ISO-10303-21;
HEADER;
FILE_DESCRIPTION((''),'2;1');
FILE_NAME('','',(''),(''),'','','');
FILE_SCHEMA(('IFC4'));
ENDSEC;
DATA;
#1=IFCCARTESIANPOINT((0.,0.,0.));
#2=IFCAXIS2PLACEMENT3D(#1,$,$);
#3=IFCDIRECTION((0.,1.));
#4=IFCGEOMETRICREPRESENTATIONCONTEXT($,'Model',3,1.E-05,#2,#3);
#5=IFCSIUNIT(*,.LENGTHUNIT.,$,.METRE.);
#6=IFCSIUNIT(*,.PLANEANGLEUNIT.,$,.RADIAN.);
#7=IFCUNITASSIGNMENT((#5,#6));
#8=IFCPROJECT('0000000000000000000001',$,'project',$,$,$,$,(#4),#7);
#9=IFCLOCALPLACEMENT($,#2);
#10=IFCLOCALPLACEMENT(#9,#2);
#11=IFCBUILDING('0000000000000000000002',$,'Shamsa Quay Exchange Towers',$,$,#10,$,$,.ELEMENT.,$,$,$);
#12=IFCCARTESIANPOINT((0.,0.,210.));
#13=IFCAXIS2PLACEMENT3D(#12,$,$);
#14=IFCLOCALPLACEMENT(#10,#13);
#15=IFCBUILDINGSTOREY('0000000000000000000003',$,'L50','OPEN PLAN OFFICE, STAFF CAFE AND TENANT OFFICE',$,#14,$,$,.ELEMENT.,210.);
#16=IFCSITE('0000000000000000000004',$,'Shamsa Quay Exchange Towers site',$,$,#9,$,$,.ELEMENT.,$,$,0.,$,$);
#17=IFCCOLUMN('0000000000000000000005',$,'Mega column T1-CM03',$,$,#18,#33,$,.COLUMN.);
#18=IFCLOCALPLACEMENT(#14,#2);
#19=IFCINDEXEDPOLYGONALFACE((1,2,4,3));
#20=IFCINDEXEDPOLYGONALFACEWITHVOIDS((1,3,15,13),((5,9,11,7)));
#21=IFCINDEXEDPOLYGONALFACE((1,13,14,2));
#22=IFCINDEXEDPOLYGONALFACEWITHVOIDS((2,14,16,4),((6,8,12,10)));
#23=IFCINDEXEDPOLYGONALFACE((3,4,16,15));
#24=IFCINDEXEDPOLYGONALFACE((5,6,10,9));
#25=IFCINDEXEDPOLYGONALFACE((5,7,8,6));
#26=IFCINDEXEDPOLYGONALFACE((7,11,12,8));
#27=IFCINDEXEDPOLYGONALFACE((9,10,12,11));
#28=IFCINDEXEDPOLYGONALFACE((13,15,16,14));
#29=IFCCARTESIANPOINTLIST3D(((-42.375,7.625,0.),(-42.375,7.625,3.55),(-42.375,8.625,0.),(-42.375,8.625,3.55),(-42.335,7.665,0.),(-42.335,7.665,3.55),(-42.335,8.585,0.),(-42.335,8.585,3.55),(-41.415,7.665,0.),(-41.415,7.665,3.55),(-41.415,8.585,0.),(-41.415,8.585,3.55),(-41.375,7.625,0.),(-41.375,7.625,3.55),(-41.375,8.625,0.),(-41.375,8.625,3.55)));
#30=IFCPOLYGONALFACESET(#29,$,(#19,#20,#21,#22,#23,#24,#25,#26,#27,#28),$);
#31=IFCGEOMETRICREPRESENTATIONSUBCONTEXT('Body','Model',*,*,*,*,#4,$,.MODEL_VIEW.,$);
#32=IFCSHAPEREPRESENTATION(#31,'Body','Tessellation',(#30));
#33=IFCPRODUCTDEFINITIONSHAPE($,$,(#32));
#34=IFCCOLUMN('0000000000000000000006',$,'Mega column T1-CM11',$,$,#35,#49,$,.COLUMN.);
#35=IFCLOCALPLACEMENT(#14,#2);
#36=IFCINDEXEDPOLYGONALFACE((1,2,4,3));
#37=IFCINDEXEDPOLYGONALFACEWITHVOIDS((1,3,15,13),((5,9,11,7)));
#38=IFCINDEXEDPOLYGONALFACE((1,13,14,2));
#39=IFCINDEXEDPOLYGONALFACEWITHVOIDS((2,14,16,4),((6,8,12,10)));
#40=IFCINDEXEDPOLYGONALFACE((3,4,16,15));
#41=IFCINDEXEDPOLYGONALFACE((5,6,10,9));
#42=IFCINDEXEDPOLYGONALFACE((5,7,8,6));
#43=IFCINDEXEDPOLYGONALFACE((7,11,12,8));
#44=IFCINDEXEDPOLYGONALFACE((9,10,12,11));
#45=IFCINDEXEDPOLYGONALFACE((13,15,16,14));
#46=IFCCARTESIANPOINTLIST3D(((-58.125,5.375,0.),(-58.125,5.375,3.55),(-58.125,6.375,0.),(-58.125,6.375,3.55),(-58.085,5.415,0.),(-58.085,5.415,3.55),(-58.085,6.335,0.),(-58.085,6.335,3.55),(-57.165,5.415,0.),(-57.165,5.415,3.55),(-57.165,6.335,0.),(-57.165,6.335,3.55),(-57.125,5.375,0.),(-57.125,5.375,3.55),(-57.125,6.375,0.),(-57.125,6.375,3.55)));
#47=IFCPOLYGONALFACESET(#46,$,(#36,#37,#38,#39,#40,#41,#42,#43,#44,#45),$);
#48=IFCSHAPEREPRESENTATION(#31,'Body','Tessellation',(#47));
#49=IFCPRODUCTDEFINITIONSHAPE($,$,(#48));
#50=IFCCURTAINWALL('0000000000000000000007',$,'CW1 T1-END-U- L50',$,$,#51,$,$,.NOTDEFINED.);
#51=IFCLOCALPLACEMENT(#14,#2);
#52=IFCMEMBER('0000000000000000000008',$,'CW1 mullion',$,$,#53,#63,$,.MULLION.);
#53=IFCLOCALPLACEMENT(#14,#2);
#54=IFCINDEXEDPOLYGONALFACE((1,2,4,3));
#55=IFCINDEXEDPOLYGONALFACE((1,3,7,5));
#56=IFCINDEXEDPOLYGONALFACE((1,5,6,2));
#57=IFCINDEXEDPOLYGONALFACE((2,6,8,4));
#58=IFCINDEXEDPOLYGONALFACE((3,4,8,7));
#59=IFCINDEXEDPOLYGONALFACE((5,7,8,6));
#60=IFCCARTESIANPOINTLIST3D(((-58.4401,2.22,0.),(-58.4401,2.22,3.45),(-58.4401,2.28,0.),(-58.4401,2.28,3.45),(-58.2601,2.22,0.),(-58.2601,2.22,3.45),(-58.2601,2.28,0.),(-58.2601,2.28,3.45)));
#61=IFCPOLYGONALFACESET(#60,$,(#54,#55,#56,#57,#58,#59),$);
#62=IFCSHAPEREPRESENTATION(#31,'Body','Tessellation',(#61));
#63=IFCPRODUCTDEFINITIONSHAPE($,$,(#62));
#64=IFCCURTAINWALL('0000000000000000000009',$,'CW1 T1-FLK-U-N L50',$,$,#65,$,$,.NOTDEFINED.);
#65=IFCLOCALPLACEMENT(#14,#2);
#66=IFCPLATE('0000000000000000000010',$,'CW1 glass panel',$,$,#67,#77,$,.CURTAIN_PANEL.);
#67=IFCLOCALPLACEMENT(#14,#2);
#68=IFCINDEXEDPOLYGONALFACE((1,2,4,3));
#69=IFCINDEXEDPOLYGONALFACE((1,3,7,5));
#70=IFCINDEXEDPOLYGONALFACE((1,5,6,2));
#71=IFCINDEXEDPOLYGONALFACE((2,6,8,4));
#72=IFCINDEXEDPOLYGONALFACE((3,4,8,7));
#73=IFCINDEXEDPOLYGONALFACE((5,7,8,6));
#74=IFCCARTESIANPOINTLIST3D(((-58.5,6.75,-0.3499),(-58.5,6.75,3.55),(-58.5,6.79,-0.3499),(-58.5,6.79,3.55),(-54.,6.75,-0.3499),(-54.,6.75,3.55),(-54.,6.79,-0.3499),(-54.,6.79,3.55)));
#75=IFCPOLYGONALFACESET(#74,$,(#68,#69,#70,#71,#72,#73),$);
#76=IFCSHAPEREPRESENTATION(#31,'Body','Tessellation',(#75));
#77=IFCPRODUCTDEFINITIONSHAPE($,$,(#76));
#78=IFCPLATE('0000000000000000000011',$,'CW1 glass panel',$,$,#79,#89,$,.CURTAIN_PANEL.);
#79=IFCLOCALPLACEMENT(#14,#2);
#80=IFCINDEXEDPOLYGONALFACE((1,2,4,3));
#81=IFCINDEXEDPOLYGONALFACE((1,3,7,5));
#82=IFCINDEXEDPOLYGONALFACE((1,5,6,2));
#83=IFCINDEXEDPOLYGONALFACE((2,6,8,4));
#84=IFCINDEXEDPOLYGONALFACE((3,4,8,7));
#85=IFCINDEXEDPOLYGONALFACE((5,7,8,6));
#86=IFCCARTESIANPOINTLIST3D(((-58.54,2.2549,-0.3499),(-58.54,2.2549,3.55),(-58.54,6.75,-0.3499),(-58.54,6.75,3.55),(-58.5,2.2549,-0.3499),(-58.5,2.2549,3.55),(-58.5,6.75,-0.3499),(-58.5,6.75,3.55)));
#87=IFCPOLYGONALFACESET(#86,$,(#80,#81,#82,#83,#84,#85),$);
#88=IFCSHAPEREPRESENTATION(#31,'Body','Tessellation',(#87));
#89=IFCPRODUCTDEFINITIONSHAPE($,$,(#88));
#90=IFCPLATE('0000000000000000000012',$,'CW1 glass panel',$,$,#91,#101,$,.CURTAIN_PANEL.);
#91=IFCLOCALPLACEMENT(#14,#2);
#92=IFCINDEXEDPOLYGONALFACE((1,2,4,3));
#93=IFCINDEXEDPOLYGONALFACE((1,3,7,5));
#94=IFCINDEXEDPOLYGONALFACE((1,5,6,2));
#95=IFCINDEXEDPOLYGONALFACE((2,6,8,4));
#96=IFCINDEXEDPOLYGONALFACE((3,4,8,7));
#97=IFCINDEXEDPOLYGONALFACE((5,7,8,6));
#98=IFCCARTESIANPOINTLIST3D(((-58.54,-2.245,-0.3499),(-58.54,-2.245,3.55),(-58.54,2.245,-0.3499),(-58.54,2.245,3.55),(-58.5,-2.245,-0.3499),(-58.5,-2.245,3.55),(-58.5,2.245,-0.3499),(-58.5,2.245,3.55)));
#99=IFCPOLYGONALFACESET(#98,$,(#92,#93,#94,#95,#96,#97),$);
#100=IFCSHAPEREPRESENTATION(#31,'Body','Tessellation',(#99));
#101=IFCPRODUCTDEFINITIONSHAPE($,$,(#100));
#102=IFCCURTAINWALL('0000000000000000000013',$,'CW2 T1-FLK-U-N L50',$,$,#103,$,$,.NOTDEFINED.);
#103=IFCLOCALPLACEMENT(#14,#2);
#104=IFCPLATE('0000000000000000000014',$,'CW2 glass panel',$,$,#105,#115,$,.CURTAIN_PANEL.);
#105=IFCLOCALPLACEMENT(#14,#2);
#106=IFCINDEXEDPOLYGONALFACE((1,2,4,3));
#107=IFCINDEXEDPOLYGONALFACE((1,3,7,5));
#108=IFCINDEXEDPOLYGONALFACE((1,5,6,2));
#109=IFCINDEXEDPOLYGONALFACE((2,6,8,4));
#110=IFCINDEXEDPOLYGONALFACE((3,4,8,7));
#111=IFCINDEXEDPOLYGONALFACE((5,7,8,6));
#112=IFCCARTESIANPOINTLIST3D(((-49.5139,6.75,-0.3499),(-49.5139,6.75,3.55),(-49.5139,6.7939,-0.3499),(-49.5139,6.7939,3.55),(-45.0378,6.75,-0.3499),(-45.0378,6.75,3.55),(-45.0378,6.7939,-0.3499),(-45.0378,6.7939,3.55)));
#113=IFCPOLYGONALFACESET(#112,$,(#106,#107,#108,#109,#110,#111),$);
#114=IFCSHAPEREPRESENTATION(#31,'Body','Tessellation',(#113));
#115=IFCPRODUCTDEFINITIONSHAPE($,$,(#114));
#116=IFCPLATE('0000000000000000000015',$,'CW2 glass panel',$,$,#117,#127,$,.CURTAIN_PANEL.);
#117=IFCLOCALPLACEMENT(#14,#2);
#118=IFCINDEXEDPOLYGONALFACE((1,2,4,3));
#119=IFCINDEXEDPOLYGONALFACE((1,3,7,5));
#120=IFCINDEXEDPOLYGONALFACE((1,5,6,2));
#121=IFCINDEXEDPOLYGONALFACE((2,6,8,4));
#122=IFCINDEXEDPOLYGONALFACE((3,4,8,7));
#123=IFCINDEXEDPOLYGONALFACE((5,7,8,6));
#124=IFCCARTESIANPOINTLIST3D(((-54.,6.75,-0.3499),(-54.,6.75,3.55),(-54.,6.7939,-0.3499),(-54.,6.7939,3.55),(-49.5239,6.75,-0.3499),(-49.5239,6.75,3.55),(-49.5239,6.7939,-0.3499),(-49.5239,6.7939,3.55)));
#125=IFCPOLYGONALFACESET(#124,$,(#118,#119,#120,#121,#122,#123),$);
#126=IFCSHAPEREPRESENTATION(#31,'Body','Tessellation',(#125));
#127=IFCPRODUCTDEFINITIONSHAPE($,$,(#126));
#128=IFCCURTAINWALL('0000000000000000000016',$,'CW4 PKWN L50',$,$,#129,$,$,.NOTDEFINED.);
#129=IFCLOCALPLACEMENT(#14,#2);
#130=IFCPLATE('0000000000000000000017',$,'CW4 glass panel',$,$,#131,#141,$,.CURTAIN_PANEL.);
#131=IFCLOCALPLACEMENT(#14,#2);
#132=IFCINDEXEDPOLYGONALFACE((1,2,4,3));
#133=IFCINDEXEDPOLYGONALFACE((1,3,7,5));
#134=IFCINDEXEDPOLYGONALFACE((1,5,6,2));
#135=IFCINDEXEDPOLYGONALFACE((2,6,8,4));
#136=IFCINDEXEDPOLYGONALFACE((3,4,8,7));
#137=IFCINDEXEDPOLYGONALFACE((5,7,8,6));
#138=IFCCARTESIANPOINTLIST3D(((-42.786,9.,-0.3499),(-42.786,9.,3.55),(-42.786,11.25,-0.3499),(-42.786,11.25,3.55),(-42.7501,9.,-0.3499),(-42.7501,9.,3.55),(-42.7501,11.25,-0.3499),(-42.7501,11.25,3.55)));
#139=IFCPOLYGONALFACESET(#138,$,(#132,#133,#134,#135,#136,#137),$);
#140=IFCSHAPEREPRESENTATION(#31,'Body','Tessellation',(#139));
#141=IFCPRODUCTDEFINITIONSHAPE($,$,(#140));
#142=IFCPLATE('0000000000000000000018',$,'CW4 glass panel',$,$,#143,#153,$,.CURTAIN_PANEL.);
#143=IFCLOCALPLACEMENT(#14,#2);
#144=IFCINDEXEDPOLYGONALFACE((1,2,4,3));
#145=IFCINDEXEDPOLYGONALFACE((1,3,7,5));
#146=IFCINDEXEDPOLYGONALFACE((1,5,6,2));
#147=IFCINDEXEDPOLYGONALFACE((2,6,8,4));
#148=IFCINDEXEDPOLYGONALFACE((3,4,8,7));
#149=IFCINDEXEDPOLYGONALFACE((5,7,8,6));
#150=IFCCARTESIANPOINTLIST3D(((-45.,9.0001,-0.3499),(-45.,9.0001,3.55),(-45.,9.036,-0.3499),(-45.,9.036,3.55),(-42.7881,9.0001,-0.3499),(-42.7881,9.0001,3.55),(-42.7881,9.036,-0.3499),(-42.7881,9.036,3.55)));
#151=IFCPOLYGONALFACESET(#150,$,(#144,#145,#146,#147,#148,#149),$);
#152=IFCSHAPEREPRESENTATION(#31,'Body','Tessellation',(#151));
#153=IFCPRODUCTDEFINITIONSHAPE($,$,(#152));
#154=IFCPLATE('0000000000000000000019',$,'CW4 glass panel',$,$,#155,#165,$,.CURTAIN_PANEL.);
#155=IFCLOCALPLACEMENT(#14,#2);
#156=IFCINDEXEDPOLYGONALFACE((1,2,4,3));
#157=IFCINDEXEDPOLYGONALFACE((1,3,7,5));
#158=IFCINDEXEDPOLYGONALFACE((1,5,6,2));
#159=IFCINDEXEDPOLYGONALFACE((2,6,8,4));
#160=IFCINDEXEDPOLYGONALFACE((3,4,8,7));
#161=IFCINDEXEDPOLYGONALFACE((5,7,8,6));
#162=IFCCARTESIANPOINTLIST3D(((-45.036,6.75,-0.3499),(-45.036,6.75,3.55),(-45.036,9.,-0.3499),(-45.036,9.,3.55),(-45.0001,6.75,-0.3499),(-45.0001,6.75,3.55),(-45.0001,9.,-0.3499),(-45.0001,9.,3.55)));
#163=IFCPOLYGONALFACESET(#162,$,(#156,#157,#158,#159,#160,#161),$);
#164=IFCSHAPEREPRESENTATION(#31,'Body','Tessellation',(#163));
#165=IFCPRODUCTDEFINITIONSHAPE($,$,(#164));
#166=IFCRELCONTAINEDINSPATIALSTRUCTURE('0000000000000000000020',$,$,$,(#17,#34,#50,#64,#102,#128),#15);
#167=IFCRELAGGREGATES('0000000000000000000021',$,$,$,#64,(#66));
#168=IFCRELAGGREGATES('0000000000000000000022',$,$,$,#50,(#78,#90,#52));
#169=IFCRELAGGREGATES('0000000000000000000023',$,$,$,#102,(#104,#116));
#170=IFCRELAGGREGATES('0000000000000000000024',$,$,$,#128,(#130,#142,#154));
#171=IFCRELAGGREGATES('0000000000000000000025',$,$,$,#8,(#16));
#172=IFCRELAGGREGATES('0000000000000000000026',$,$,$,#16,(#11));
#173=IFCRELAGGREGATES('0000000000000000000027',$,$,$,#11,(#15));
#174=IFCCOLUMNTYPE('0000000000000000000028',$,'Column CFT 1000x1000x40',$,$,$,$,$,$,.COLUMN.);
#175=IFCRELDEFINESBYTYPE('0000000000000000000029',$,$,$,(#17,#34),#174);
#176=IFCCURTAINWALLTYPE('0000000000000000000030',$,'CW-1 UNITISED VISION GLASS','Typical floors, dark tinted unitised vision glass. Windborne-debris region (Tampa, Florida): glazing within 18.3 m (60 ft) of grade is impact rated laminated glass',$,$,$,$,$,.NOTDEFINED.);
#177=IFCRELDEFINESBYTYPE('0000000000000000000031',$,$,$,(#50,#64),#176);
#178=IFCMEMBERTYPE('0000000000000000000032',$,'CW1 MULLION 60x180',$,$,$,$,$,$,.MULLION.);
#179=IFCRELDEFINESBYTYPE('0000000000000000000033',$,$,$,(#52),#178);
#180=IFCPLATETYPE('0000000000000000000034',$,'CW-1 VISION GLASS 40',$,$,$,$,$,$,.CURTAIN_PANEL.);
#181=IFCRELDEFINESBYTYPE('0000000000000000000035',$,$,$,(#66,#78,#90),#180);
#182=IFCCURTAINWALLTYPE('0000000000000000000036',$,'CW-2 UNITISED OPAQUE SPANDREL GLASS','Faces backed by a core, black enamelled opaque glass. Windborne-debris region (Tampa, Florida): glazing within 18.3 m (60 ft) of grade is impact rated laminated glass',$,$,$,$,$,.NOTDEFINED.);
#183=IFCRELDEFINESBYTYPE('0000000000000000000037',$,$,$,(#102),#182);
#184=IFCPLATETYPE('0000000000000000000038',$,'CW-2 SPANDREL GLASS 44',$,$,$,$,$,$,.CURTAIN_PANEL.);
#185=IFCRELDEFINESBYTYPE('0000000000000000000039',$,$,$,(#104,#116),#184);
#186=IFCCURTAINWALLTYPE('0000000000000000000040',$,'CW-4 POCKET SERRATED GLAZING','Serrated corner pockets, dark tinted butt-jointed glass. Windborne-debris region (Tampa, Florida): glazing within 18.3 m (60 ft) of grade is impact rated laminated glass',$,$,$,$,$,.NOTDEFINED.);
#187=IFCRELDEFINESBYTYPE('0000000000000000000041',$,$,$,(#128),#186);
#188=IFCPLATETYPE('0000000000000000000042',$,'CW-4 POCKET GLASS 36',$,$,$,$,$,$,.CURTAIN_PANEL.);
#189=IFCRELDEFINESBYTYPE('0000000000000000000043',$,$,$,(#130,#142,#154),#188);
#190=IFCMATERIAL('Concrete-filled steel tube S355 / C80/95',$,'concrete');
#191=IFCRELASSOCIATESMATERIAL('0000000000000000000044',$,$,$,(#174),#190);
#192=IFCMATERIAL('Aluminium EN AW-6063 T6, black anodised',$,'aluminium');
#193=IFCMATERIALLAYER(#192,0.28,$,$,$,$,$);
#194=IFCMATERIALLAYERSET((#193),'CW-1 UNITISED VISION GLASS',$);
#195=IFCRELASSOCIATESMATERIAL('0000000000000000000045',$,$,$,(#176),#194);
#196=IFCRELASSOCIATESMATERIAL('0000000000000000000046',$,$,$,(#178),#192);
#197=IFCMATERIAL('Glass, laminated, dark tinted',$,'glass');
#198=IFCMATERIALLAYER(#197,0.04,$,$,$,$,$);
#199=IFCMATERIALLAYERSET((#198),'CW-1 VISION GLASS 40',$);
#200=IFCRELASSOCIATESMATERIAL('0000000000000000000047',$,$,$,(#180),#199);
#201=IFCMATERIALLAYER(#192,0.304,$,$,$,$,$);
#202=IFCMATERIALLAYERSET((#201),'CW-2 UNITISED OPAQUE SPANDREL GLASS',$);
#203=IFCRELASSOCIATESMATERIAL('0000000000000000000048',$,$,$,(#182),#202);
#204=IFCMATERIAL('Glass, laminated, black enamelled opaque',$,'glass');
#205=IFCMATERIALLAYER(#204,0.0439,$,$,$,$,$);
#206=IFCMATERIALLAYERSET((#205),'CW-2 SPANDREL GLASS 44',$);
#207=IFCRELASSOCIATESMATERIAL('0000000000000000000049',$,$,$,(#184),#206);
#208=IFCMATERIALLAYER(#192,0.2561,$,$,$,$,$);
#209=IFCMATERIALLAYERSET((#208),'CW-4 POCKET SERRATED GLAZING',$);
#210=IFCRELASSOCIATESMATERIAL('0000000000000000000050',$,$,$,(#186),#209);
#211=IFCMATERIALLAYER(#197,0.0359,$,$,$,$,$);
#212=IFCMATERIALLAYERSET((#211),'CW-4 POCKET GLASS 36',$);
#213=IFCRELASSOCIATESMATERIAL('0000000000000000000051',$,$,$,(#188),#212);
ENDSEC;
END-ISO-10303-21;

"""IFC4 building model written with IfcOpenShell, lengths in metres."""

from ifc_helpers import new_model, si_unit, direction, frame, origin, origin_2d, place, context, subcontext, project, spatial, rectangle, hollow_rectangle, extrude, material, layer, layer_set, material_profile, profile_set, type_object, element, aggregate, save


model = new_model("IFC4")

# Units and contexts
model_context = context("Model", 3, precision=1e-05, world=origin(), true_north=direction((0.0, 1.0)))
body_context = subcontext(model_context, "Body", "Model", "MODEL_VIEW")
ifc_project = project(units=[si_unit("LENGTHUNIT", "METRE"), si_unit("PLANEANGLEUNIT", "RADIAN")], contexts=[model_context])

# Site, building, storey
site_placement = place(None, origin())
site = spatial("IfcSite", under=ifc_project, at=site_placement, Name="Shamsa Quay Exchange Towers site", CompositionType="ELEMENT", RefElevation=0.0)
building_placement = place(site_placement, origin())
building = spatial("IfcBuilding", under=site, at=building_placement, Name="Shamsa Quay Exchange Towers", CompositionType="ELEMENT")
storey_placement = place(building_placement, frame((0.0, 0.0, 210.0)))
storey = spatial("IfcBuildingStorey", under=building, at=storey_placement, Name="L50", Description="OPEN PLAN OFFICE, STAFF CAFE AND TENANT OFFICE", CompositionType="ELEMENT", Elevation=210.0)

# Columns
ifc_material_1 = material(Name="Concrete-filled steel tube S355 / C80/95", Category="concrete")
ifc_material_profile_1 = material_profile(ifc_material_1, hollow_rectangle(XDim=1.0, YDim=1.0, WallThickness=0.04, at=origin_2d()), Name="CFT 1000x1000x40")
ifc_profile_set_1 = profile_set([ifc_material_profile_1], Name="Concrete-filled steel tube S355 / C80/95")
column_type = type_object("IfcColumnType", Name="Column CFT 1000x1000x40", PredefinedType="COLUMN", material=ifc_profile_set_1)
for number, where, name in (
    (1, (-41.875, 8.125, 0.0), "Mega column T1-CM03"),
    (2, (-57.625, 5.875, 0.0), "Mega column T1-CM11"),
):
    element("IfcColumn", number, at=place(storey_placement, frame(where)), inside=storey, type_object=column_type, Name=name, PredefinedType="COLUMN", context=body_context, shape_type="SweptSolid", body=[
        extrude(hollow_rectangle(XDim=1.0, YDim=1.0, WallThickness=0.04, at=origin_2d()), origin(), (0.0, 0.0, 1.0), 3.55),
    ])

# Curtain wall, member
ifc_material_2 = material(Name="Aluminium EN AW-6063 T6, black anodised", Category="aluminium")
ifc_layer_1 = layer(ifc_material_2, 0.28)
ifc_layer_set_1 = layer_set([ifc_layer_1], Name="CW-1 UNITISED VISION GLASS")
curtain_wall_type_1 = type_object("IfcCurtainWallType", Name="CW-1 UNITISED VISION GLASS", Description="Typical floors, dark tinted unitised vision glass. Windborne-debris region (Tampa, Florida): glazing within 18.3 m (60 ft) of grade is impact rated laminated glass", PredefinedType="NOTDEFINED", material=ifc_layer_set_1)
curtain_wall_1_placement = place(storey_placement, origin())
curtain_wall_1 = element("IfcCurtainWall", 3, at=curtain_wall_1_placement, inside=storey, type_object=curtain_wall_type_1, Name="CW1 T1-END-U- L50", PredefinedType="NOTDEFINED")
ifc_material_profile_2 = material_profile(ifc_material_2, rectangle(XDim=0.1799, YDim=0.0601, at=origin_2d()), Name="MU60x180")
ifc_profile_set_2 = profile_set([ifc_material_profile_2], Name="Aluminium EN AW-6063 T6, black anodised")
member_type = type_object("IfcMemberType", Name="CW1 MULLION 60x180", PredefinedType="MULLION", material=ifc_profile_set_2)
member_placement = place(storey_placement, frame((-58.3501, 2.25, 0.0)))
member = element("IfcMember", 4, at=member_placement, type_object=member_type, Name="CW1 mullion", PredefinedType="MULLION", context=body_context, shape_type="SweptSolid", body=[
    extrude(rectangle(XDim=0.1799, YDim=0.0601, at=origin_2d()), origin(), (0.0, 0.0, 1.0), 3.45),
])

# Curtain wall, plate
curtain_wall_2_placement = place(storey_placement, origin())
curtain_wall_2 = element("IfcCurtainWall", 5, at=curtain_wall_2_placement, inside=storey, type_object=curtain_wall_type_1, Name="CW1 T1-FLK-U-N L50", PredefinedType="NOTDEFINED")
ifc_material_3 = material(Name="Glass, laminated, dark tinted", Category="glass")
ifc_layer_2 = layer(ifc_material_3, 0.04)
ifc_layer_set_2 = layer_set([ifc_layer_2], Name="CW-1 VISION GLASS 40")
plate_type_1 = type_object("IfcPlateType", Name="CW-1 VISION GLASS 40", PredefinedType="CURTAIN_PANEL", material=ifc_layer_set_2)
plate_1_placement = place(storey_placement, frame((-56.25, 6.77, -0.3499), z_axis=(0.0, 0.0, 1.0), x_axis=(-1.0, 0.0, 0.0)))
plate_1 = element("IfcPlate", 6, at=plate_1_placement, type_object=plate_type_1, Name="CW1 glass panel", PredefinedType="CURTAIN_PANEL", context=body_context, shape_type="SweptSolid", body=[
    extrude(rectangle(XDim=4.5, YDim=0.04, at=origin_2d()), origin(), (0.0, 0.0, 1.0), 3.8999),
])
aggregate(curtain_wall_2, [plate_1])

# Plates
plate_2_placement = place(storey_placement, frame((-58.52, 4.5024, -0.3499), z_axis=(0.0, 0.0, 1.0), x_axis=(0.0, -1.0, 0.0)))
plate_2 = element("IfcPlate", 7, at=plate_2_placement, type_object=plate_type_1, Name="CW1 glass panel", PredefinedType="CURTAIN_PANEL", context=body_context, shape_type="SweptSolid", body=[
    extrude(rectangle(XDim=4.4951, YDim=0.04, at=origin_2d()), origin(), (0.0, 0.0, 1.0), 3.8999),
])
plate_3_placement = place(storey_placement, frame((-58.52, 0.0, -0.3499), z_axis=(0.0, 0.0, 1.0), x_axis=(0.0, -1.0, 0.0)))
plate_3 = element("IfcPlate", 8, at=plate_3_placement, type_object=plate_type_1, Name="CW1 glass panel", PredefinedType="CURTAIN_PANEL", context=body_context, shape_type="SweptSolid", body=[
    extrude(rectangle(XDim=4.49, YDim=0.04, at=origin_2d()), origin(), (0.0, 0.0, 1.0), 3.8999),
])
aggregate(curtain_wall_1, [plate_2, plate_3, member])

# Curtain walls, plates
ifc_layer_3 = layer(ifc_material_2, 0.304)
ifc_layer_set_3 = layer_set([ifc_layer_3], Name="CW-2 UNITISED OPAQUE SPANDREL GLASS")
curtain_wall_type_2 = type_object("IfcCurtainWallType", Name="CW-2 UNITISED OPAQUE SPANDREL GLASS", Description="Faces backed by a core, black enamelled opaque glass. Windborne-debris region (Tampa, Florida): glazing within 18.3 m (60 ft) of grade is impact rated laminated glass", PredefinedType="NOTDEFINED", material=ifc_layer_set_3)
curtain_wall_3_placement = place(storey_placement, origin())
curtain_wall_3 = element("IfcCurtainWall", 9, at=curtain_wall_3_placement, inside=storey, type_object=curtain_wall_type_2, Name="CW2 T1-FLK-U-N L50", PredefinedType="NOTDEFINED")
ifc_material_4 = material(Name="Glass, laminated, black enamelled opaque", Category="glass")
ifc_layer_4 = layer(ifc_material_4, 0.0439)
ifc_layer_set_4 = layer_set([ifc_layer_4], Name="CW-2 SPANDREL GLASS 44")
plate_type_2 = type_object("IfcPlateType", Name="CW-2 SPANDREL GLASS 44", PredefinedType="CURTAIN_PANEL", material=ifc_layer_set_4)
plate_4_placement = place(storey_placement, frame((-47.2759, 6.772, -0.3499), z_axis=(0.0, 0.0, 1.0), x_axis=(-1.0, 0.0, 0.0)))
plate_4 = element("IfcPlate", 10, at=plate_4_placement, type_object=plate_type_2, Name="CW2 glass panel", PredefinedType="CURTAIN_PANEL", context=body_context, shape_type="SweptSolid", body=[
    extrude(rectangle(XDim=4.4761, YDim=0.0439, at=origin_2d()), origin(), (0.0, 0.0, 1.0), 3.8999),
])
plate_5_placement = place(storey_placement, frame((-51.762, 6.772, -0.3499), z_axis=(0.0, 0.0, 1.0), x_axis=(-1.0, 0.0, 0.0)))
plate_5 = element("IfcPlate", 11, at=plate_5_placement, type_object=plate_type_2, Name="CW2 glass panel", PredefinedType="CURTAIN_PANEL", context=body_context, shape_type="SweptSolid", body=[
    extrude(rectangle(XDim=4.4761, YDim=0.0439, at=origin_2d()), origin(), (0.0, 0.0, 1.0), 3.8999),
])
aggregate(curtain_wall_3, [plate_4, plate_5])
ifc_layer_5 = layer(ifc_material_2, 0.2561)
ifc_layer_set_5 = layer_set([ifc_layer_5], Name="CW-4 POCKET SERRATED GLAZING")
curtain_wall_type_3 = type_object("IfcCurtainWallType", Name="CW-4 POCKET SERRATED GLAZING", Description="Serrated corner pockets, dark tinted butt-jointed glass. Windborne-debris region (Tampa, Florida): glazing within 18.3 m (60 ft) of grade is impact rated laminated glass", PredefinedType="NOTDEFINED", material=ifc_layer_set_5)
curtain_wall_4_placement = place(storey_placement, origin())
curtain_wall_4 = element("IfcCurtainWall", 12, at=curtain_wall_4_placement, inside=storey, type_object=curtain_wall_type_3, Name="CW4 PKWN L50", PredefinedType="NOTDEFINED")
ifc_layer_6 = layer(ifc_material_3, 0.0359)
ifc_layer_set_6 = layer_set([ifc_layer_6], Name="CW-4 POCKET GLASS 36")
plate_type_3 = type_object("IfcPlateType", Name="CW-4 POCKET GLASS 36", PredefinedType="CURTAIN_PANEL", material=ifc_layer_set_6)
plate_6_placement = place(storey_placement, frame((-42.7681, 10.125, -0.3499), z_axis=(0.0, 0.0, 1.0), x_axis=(0.0, -1.0, 0.0)))
plate_6 = element("IfcPlate", 13, at=plate_6_placement, type_object=plate_type_3, Name="CW4 glass panel", PredefinedType="CURTAIN_PANEL", context=body_context, shape_type="SweptSolid", body=[
    extrude(rectangle(XDim=2.25, YDim=0.0359, at=origin_2d()), origin(), (0.0, 0.0, 1.0), 3.8999),
])
plate_7_placement = place(storey_placement, frame((-43.894, 9.0181, -0.3499), z_axis=(0.0, 0.0, 1.0), x_axis=(-1.0, 0.0, 0.0)))
plate_7 = element("IfcPlate", 14, at=plate_7_placement, type_object=plate_type_3, Name="CW4 glass panel", PredefinedType="CURTAIN_PANEL", context=body_context, shape_type="SweptSolid", body=[
    extrude(rectangle(XDim=2.2119, YDim=0.0359, at=origin_2d()), origin(), (0.0, 0.0, 1.0), 3.8999),
])
plate_8_placement = place(storey_placement, frame((-45.0181, 7.875, -0.3499), z_axis=(0.0, 0.0, 1.0), x_axis=(0.0, -1.0, 0.0)))
plate_8 = element("IfcPlate", 15, at=plate_8_placement, type_object=plate_type_3, Name="CW4 glass panel", PredefinedType="CURTAIN_PANEL", context=body_context, shape_type="SweptSolid", body=[
    extrude(rectangle(XDim=2.25, YDim=0.0359, at=origin_2d()), origin(), (0.0, 0.0, 1.0), 3.8999),
])
aggregate(curtain_wall_4, [plate_6, plate_7, plate_8])

save(model, "model.ifc")
